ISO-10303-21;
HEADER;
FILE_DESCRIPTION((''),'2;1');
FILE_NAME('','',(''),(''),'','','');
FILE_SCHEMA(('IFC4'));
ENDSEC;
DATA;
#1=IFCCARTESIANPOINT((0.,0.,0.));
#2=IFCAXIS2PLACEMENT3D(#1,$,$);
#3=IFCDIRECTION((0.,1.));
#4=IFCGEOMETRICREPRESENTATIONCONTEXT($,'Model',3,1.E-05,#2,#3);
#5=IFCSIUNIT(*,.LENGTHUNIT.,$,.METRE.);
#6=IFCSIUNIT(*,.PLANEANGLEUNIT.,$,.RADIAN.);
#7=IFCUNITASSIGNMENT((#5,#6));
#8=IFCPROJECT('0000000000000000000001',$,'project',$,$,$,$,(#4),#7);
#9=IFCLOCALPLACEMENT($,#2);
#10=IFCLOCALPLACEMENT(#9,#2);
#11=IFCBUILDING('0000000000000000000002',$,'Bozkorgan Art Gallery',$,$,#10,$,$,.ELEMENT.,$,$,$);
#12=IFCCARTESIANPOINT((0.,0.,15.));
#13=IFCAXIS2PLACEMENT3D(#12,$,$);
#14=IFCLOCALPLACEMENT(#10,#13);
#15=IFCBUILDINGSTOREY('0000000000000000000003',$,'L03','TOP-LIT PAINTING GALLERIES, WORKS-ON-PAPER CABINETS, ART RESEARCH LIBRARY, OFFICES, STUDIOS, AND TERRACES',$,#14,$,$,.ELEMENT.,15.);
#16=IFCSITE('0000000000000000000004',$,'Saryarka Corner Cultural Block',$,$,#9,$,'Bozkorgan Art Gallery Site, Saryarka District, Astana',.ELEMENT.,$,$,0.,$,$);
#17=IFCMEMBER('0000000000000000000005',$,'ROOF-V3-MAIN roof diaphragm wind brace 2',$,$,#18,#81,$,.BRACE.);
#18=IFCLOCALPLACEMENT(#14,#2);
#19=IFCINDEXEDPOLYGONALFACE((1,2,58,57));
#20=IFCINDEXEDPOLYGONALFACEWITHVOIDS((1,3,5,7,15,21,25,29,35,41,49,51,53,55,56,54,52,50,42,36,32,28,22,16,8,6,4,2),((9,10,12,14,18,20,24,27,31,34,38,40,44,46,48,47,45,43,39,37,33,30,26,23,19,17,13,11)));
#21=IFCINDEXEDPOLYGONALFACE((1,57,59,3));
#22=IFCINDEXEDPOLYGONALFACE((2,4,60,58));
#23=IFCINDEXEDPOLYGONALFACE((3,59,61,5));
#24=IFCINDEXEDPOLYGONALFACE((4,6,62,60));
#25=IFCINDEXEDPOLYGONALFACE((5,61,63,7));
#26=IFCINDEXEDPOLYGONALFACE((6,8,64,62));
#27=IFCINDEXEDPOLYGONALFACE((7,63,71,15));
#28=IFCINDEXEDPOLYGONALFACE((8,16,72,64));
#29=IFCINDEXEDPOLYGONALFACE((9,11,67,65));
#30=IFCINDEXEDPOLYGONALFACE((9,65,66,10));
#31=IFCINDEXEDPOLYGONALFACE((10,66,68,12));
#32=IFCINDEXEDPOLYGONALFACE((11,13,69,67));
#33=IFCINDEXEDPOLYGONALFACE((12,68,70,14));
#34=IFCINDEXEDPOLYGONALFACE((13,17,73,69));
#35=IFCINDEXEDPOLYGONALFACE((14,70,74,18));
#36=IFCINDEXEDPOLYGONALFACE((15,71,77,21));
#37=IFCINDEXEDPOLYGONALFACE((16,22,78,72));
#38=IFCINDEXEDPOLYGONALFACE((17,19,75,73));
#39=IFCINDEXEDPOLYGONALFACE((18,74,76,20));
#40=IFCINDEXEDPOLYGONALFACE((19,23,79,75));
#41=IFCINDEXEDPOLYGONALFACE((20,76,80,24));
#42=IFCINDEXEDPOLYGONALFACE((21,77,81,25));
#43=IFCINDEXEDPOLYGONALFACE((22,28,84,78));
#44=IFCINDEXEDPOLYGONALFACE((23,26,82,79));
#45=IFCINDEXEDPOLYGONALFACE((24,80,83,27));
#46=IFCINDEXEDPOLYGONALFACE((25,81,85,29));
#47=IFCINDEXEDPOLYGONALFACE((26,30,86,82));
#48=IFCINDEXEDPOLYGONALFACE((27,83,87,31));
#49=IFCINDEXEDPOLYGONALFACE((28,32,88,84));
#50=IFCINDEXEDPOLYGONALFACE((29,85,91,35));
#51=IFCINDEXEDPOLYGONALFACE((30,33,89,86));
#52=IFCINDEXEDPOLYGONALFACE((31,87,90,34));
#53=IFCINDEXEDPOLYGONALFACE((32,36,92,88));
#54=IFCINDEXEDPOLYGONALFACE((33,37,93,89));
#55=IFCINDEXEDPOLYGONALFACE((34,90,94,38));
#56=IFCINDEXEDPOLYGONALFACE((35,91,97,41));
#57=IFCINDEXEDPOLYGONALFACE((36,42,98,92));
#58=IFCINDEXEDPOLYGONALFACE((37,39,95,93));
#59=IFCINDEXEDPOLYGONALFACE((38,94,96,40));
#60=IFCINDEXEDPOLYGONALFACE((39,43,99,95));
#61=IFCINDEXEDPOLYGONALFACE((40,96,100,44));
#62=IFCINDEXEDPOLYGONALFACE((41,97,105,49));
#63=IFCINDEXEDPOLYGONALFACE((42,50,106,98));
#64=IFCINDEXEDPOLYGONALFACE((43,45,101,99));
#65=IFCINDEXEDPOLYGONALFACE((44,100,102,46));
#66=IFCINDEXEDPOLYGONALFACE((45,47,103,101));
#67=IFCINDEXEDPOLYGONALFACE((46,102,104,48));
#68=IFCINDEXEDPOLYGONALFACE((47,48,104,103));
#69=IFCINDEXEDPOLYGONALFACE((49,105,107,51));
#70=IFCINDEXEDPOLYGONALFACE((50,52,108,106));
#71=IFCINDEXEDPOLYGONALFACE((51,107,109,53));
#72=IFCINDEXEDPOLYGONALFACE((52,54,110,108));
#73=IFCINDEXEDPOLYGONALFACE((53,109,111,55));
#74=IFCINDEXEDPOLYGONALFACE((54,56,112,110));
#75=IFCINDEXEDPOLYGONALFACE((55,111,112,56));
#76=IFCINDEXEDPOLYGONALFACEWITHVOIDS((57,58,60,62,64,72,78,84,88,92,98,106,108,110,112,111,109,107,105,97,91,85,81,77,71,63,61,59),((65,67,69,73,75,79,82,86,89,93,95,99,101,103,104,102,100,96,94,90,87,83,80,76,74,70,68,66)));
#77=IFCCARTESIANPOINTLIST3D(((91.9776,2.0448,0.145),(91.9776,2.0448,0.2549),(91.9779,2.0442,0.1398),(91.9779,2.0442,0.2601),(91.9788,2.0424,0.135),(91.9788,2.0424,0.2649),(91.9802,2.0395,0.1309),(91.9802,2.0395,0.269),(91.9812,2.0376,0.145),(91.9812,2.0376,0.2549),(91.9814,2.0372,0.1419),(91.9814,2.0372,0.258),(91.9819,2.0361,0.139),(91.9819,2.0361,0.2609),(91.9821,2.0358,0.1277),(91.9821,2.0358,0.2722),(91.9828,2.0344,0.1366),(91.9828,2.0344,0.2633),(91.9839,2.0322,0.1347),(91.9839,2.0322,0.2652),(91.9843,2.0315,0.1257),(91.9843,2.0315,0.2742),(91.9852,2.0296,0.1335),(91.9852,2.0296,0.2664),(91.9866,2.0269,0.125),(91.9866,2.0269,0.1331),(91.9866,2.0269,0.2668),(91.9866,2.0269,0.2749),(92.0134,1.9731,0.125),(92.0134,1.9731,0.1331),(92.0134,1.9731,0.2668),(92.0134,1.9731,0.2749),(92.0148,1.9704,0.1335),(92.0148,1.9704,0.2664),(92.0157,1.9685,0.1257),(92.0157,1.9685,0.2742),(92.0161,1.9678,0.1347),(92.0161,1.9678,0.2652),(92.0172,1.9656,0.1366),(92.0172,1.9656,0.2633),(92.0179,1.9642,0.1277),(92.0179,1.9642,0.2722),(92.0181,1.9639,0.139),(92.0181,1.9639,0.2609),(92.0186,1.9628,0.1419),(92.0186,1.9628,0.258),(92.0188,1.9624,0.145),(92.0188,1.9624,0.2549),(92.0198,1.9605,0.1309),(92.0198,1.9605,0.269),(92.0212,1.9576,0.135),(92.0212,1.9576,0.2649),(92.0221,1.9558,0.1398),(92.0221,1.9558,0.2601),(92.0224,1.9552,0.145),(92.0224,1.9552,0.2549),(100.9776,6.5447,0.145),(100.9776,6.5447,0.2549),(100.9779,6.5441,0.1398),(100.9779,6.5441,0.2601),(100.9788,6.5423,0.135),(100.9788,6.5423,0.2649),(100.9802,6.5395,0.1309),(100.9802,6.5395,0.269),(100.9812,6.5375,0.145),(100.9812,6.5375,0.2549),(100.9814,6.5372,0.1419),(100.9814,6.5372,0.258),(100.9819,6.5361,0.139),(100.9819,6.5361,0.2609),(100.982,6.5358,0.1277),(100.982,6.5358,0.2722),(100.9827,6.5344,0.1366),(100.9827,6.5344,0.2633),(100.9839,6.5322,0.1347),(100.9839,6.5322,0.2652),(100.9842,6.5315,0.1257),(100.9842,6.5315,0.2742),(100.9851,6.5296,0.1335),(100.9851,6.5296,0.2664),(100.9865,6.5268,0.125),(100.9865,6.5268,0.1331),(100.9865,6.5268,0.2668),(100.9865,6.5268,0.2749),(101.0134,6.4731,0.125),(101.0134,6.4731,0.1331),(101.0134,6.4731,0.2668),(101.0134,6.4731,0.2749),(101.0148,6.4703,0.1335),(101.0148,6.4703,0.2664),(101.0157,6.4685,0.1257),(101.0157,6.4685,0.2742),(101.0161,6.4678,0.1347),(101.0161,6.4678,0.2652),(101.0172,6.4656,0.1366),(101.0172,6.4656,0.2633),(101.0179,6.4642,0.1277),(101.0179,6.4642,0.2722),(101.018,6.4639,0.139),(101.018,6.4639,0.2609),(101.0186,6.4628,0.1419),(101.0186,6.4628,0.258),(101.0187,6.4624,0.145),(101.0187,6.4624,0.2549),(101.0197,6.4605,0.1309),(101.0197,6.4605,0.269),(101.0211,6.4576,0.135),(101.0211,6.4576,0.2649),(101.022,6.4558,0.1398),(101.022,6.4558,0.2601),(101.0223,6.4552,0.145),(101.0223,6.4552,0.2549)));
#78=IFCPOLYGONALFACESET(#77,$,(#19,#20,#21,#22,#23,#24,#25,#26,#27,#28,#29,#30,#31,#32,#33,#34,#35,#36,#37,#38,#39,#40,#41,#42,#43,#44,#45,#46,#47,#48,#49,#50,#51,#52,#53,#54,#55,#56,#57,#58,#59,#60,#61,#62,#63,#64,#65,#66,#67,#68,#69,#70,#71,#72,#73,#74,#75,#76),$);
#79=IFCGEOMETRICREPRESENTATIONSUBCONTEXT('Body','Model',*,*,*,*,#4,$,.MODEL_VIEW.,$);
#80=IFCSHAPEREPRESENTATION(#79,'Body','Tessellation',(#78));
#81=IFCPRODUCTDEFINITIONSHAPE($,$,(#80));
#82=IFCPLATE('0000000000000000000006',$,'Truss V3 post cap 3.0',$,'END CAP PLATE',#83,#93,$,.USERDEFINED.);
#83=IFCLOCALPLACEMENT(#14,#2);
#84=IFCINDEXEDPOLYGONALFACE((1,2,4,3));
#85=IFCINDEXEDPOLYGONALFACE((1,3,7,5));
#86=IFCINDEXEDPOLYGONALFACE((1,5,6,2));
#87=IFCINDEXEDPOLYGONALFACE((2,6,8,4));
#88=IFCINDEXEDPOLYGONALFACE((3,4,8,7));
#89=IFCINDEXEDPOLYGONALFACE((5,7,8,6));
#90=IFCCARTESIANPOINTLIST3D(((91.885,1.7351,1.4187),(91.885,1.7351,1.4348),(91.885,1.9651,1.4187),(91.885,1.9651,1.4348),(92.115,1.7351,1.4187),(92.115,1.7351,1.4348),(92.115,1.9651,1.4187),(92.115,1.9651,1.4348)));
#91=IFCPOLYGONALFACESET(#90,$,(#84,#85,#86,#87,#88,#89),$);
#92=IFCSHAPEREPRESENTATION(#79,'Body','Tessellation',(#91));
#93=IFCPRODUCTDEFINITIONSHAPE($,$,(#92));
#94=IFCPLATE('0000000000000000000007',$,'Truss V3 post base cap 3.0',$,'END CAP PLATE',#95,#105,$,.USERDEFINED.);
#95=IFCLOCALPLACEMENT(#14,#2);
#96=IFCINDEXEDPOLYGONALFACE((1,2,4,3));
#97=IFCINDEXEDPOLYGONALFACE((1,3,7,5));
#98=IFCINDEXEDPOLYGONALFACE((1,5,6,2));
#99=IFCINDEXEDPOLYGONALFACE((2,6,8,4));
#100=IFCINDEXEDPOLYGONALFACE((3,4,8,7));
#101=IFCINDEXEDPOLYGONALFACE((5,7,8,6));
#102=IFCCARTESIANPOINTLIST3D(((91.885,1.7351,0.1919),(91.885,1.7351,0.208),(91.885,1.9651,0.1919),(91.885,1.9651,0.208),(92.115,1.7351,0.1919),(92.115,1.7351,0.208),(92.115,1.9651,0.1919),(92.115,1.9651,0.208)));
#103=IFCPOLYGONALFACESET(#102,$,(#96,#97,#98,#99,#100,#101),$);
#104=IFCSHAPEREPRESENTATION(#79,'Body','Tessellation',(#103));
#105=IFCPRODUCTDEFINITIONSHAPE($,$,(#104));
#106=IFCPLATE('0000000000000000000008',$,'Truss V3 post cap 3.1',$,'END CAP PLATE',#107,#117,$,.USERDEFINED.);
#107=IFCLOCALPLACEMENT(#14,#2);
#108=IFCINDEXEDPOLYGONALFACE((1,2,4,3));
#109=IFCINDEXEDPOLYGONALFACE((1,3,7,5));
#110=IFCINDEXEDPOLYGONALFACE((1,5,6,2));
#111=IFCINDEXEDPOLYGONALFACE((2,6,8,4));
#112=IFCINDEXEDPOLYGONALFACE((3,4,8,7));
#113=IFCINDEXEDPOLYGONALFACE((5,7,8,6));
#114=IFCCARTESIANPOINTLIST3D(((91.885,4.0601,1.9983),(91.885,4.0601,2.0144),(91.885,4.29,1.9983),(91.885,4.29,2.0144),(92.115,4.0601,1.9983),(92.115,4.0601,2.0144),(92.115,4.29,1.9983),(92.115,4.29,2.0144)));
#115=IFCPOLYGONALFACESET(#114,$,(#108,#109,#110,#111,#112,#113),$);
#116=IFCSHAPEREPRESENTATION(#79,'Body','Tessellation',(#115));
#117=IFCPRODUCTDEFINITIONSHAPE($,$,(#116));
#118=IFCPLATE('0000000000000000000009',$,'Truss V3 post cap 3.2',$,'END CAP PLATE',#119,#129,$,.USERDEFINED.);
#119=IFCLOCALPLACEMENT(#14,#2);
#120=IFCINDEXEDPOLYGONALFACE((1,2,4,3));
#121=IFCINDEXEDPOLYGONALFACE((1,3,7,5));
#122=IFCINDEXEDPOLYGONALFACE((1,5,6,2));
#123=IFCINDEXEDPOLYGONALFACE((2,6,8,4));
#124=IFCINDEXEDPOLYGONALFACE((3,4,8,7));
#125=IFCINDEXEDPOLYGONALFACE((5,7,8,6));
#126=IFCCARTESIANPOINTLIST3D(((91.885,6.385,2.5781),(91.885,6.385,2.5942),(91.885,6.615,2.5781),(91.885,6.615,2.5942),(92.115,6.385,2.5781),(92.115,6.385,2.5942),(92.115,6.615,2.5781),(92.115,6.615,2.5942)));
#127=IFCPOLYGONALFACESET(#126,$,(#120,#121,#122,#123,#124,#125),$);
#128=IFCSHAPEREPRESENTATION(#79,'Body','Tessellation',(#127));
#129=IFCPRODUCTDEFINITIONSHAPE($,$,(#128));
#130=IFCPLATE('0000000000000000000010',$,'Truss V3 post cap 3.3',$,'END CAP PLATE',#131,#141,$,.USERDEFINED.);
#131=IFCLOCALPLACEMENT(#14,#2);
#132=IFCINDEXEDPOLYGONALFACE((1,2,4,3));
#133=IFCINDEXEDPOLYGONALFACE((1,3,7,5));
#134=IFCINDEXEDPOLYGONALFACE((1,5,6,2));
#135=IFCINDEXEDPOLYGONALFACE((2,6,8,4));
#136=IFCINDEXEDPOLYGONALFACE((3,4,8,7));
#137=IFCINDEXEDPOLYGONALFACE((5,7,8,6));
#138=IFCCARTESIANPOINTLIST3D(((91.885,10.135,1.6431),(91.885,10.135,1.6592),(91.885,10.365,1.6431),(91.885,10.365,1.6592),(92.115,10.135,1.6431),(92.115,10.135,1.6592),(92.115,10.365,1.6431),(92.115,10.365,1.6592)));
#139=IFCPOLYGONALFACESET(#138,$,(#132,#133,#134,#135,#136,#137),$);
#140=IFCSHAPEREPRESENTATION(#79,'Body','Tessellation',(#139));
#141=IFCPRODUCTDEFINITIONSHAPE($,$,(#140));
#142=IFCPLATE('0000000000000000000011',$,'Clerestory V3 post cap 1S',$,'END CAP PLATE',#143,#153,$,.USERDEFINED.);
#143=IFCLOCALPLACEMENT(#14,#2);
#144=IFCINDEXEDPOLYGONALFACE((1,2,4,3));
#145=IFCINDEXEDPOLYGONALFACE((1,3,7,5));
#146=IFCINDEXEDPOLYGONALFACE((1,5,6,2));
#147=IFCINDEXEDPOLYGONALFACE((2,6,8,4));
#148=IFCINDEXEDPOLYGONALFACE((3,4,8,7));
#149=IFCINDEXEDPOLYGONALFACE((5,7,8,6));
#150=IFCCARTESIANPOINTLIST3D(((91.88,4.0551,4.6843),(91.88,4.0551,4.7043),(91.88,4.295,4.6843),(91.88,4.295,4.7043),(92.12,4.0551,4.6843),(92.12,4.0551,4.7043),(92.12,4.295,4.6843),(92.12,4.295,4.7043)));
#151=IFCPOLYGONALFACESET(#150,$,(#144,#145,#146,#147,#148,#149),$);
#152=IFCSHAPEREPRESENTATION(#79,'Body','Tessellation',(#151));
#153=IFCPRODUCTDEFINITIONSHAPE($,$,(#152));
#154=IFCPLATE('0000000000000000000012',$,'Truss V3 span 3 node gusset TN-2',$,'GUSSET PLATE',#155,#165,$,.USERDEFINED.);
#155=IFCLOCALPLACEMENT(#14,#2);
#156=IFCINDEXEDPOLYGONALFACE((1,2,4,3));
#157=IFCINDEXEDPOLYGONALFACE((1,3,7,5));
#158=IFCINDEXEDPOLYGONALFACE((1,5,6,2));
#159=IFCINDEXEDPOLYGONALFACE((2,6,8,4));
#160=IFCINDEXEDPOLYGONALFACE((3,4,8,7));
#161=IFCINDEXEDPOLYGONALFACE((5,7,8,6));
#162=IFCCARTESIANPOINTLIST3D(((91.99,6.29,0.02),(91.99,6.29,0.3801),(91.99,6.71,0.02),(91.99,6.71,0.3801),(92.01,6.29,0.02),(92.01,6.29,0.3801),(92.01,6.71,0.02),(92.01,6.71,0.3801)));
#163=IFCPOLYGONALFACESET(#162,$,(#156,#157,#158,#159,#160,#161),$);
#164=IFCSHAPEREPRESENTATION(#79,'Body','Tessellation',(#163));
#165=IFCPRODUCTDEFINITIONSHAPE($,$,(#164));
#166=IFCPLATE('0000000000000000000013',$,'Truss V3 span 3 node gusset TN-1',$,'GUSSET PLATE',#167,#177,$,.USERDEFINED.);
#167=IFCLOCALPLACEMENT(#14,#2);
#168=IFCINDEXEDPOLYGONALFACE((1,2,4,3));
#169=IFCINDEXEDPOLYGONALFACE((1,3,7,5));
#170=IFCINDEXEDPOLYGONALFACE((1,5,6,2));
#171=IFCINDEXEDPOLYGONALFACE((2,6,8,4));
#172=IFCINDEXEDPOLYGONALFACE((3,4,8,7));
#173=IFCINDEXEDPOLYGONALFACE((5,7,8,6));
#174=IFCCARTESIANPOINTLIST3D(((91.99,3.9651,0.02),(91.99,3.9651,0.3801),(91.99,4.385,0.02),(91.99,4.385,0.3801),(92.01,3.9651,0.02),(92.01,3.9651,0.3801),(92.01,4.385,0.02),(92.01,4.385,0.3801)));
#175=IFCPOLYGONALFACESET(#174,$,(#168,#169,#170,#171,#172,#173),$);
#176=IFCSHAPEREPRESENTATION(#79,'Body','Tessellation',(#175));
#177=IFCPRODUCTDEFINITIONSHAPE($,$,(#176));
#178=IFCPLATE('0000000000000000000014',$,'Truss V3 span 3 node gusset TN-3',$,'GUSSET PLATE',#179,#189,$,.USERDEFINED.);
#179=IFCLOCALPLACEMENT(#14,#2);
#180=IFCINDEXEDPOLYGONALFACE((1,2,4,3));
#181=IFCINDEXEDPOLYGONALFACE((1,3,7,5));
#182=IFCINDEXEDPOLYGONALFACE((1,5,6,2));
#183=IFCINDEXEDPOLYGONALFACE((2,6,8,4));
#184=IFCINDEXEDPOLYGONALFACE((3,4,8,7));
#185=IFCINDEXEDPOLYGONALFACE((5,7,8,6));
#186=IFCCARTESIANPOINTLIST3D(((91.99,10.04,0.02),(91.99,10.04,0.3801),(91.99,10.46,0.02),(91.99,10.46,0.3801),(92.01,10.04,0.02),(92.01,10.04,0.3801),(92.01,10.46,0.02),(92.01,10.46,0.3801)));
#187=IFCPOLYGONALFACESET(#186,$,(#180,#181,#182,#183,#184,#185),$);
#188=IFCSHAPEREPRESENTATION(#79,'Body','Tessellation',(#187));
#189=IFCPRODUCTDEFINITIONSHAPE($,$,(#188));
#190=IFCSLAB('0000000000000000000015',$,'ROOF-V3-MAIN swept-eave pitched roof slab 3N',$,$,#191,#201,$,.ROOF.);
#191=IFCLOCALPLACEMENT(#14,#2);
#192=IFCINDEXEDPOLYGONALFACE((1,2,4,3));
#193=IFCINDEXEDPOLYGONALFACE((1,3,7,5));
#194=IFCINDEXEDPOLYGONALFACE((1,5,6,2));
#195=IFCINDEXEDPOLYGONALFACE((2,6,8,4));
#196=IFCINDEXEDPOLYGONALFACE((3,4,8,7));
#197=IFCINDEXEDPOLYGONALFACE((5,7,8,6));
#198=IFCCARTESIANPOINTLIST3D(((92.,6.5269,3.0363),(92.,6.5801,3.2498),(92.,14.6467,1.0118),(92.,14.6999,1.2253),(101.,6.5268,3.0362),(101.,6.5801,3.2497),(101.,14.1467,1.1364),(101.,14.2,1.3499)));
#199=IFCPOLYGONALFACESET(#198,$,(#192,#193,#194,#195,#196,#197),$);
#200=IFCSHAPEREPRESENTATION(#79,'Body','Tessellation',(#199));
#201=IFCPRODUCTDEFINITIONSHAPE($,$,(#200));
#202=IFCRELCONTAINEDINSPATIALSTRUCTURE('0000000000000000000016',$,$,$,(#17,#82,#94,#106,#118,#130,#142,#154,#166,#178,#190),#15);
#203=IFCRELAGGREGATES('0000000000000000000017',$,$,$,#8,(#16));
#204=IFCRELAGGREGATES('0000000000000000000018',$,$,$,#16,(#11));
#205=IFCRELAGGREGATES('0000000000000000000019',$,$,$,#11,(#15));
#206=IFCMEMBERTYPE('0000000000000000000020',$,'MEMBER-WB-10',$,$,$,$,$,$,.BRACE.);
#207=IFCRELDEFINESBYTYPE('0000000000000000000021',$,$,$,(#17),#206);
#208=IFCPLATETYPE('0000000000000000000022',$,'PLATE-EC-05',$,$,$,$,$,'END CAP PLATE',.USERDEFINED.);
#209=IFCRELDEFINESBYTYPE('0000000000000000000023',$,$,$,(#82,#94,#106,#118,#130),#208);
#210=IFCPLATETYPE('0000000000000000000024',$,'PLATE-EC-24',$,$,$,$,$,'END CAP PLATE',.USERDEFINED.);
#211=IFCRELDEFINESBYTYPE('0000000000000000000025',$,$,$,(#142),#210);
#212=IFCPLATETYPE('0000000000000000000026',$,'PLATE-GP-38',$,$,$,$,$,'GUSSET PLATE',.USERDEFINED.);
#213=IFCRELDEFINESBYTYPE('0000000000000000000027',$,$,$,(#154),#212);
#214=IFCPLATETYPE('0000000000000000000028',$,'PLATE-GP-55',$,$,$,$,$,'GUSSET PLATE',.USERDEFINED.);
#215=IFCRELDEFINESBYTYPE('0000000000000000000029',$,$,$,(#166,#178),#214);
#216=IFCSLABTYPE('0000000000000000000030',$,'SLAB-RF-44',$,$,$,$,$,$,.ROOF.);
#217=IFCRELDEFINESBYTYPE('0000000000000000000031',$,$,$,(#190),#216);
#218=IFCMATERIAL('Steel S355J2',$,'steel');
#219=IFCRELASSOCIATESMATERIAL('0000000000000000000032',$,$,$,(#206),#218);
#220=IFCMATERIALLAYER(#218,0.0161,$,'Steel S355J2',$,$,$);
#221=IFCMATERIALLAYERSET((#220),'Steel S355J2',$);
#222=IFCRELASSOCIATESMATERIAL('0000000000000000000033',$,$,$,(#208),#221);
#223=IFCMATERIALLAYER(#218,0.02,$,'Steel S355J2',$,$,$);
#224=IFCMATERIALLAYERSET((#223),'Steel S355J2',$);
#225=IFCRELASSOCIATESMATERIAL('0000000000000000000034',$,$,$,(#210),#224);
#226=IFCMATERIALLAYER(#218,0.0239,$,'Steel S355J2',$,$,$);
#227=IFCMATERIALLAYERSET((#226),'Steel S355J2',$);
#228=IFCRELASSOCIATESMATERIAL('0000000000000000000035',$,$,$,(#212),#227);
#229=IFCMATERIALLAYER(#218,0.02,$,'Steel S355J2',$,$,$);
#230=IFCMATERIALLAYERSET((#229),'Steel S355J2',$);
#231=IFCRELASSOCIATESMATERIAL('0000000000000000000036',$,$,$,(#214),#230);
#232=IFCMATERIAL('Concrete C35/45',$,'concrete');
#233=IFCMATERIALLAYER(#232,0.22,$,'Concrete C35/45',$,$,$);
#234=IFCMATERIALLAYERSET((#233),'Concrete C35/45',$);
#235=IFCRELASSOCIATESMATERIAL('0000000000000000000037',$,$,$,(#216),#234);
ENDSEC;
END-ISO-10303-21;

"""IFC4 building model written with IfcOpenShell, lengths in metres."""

from ifc_helpers import new_model, si_unit, direction, frame, origin, origin_2d, place, context, subcontext, project, spatial, polyline, rectangle, hollow_rectangle, outline, extrude, material, layer, layer_set, material_profile, profile_set, type_object, element, save


model = new_model("IFC4")

# Units and contexts
model_context = context("Model", 3, precision=1e-05, world=origin(), true_north=direction((0.0, 1.0)))
body_context = subcontext(model_context, "Body", "Model", "MODEL_VIEW")
ifc_project = project(units=[si_unit("LENGTHUNIT", "METRE"), si_unit("PLANEANGLEUNIT", "RADIAN")], contexts=[model_context])

# Site, building, storey
site_placement = place(None, origin())
site = spatial("IfcSite", under=ifc_project, at=site_placement, Name="Saryarka Corner Cultural Block", LongName="Bozkorgan Art Gallery Site, Saryarka District, Astana", CompositionType="ELEMENT", RefElevation=0.0)
building_placement = place(site_placement, origin())
building = spatial("IfcBuilding", under=site, at=building_placement, Name="Bozkorgan Art Gallery", CompositionType="ELEMENT")
storey_placement = place(building_placement, frame((0.0, 0.0, 15.0)))
storey = spatial("IfcBuildingStorey", under=building, at=storey_placement, Name="L03", Description="TOP-LIT PAINTING GALLERIES, WORKS-ON-PAPER CABINETS, ART RESEARCH LIBRARY, OFFICES, STUDIOS, AND TERRACES", CompositionType="ELEMENT", Elevation=15.0)

# Shared definitions
ifc_material_1 = material(Name="Steel S355J2", Category="steel")

# Member
ifc_material_profile_1 = material_profile(ifc_material_1, hollow_rectangle(XDim=0.1001, YDim=0.1499, WallThickness=0.0081, InnerFilletRadius=0.012, OuterFilletRadius=0.02, at=origin_2d()), Name="RHS 150x100x8")
ifc_profile_set_1 = profile_set([ifc_material_profile_1], Name="Steel S355J2")
member_type_1 = type_object("IfcMemberType", Name="MEMBER-WB-10", PredefinedType="BRACE", material=ifc_profile_set_1)
member_1_placement = place(storey_placement, frame((92.0, 2.0, 0.2), z_axis=(0.894427, 0.447214, 0.0), x_axis=(-0.447214, 0.894427, 0.0)))
element("IfcMember", 1, at=member_1_placement, inside=storey, type_object=member_type_1, Name="ROOF-V3-MAIN roof diaphragm wind brace 2", PredefinedType="BRACE", context=body_context, shape_type="SweptSolid", body=[
    extrude(hollow_rectangle(XDim=0.1001, YDim=0.1499, WallThickness=0.0081, InnerFilletRadius=0.012, OuterFilletRadius=0.02, at=origin_2d()), origin(), (0.0, 0.0, 1.0), 10.0623),
])

# Plates
ifc_layer_1 = layer(ifc_material_1, 0.0161, Name="Steel S355J2")
ifc_layer_set_1 = layer_set([ifc_layer_1], Name="Steel S355J2")
plate_type_1 = type_object("IfcPlateType", Name="PLATE-EC-05", ElementType="END CAP PLATE", PredefinedType="USERDEFINED", material=ifc_layer_set_1)
for number, where, z_axis, x_axis, name in (
    (2, (92.0, 1.8501, 1.4187), (0.0, 0.0, 1.0), (1.0, 0.0, 0.0), "Truss V3 post cap 3.0"),
    (3, (92.0, 1.8501, 0.1919), (0.0, 0.0, 1.0), (1.0, 0.0, 0.0), "Truss V3 post base cap 3.0"),
    (4, (92.0, 4.175, 1.9983), (0.0, 0.0, 1.0), (1.0, 0.0, 0.0), "Truss V3 post cap 3.1"),
    (5, (92.0, 6.5, 2.5781), (0.0, 0.0, 1.0), (1.0, 0.0, 0.0), "Truss V3 post cap 3.2"),
    (6, (92.0, 10.25, 1.6431), (0.0, 0.0, 1.0), (1.0, 0.0, 0.0), "Truss V3 post cap 3.3"),
):
    element("IfcPlate", number, at=place(storey_placement, frame(where, z_axis=z_axis, x_axis=x_axis)), inside=storey, type_object=plate_type_1, Name=name, ObjectType="END CAP PLATE", PredefinedType="USERDEFINED", context=body_context, shape_type="SweptSolid", body=[
        extrude(rectangle(XDim=0.23, YDim=0.23, at=origin_2d()), origin(), (0.0, 0.0, 1.0), 0.0161),
    ])
ifc_layer_2 = layer(ifc_material_1, 0.02, Name="Steel S355J2")
ifc_layer_set_2 = layer_set([ifc_layer_2], Name="Steel S355J2")
plate_type_2 = type_object("IfcPlateType", Name="PLATE-EC-24", ElementType="END CAP PLATE", PredefinedType="USERDEFINED", material=ifc_layer_set_2)
plate_1_placement = place(storey_placement, frame((92.0, 4.175, 4.6843), z_axis=(0.0, 0.0, 1.0), x_axis=(1.0, 0.0, 0.0)))
element("IfcPlate", 7, at=plate_1_placement, inside=storey, type_object=plate_type_2, Name="Clerestory V3 post cap 1S", ObjectType="END CAP PLATE", PredefinedType="USERDEFINED", context=body_context, shape_type="SweptSolid", body=[
    extrude(rectangle(XDim=0.24, YDim=0.24, at=origin_2d()), origin(), (0.0, 0.0, 1.0), 0.02),
])
ifc_layer_3 = layer(ifc_material_1, 0.0239, Name="Steel S355J2")
ifc_layer_set_3 = layer_set([ifc_layer_3], Name="Steel S355J2")
plate_type_3 = type_object("IfcPlateType", Name="PLATE-GP-38", ElementType="GUSSET PLATE", PredefinedType="USERDEFINED", material=ifc_layer_set_3)
plate_2_placement = place(storey_placement, frame((92.0, 6.5, 0.02), z_axis=(0.0, 0.0, 1.0), x_axis=(1.0, 0.0, 0.0)))
element("IfcPlate", 8, at=plate_2_placement, inside=storey, type_object=plate_type_3, Name="Truss V3 span 3 node gusset TN-2", ObjectType="GUSSET PLATE", PredefinedType="USERDEFINED", context=body_context, shape_type="SweptSolid", body=[
    extrude(rectangle(XDim=0.02, YDim=0.4199, at=origin_2d()), origin(), (0.0, 0.0, 1.0), 0.3601),
])
ifc_layer_4 = layer(ifc_material_1, 0.02, Name="Steel S355J2")
ifc_layer_set_4 = layer_set([ifc_layer_4], Name="Steel S355J2")
plate_type_4 = type_object("IfcPlateType", Name="PLATE-GP-55", ElementType="GUSSET PLATE", PredefinedType="USERDEFINED", material=ifc_layer_set_4)
for number, where, z_axis, x_axis, name in (
    (9, (92.0, 4.175, 0.02), (0.0, 0.0, 1.0), (1.0, 0.0, 0.0), "Truss V3 span 3 node gusset TN-1"),
    (10, (92.0, 10.25, 0.02), (0.0, 0.0, 1.0), (1.0, 0.0, 0.0), "Truss V3 span 3 node gusset TN-3"),
):
    element("IfcPlate", number, at=place(storey_placement, frame(where, z_axis=z_axis, x_axis=x_axis)), inside=storey, type_object=plate_type_4, Name=name, ObjectType="GUSSET PLATE", PredefinedType="USERDEFINED", context=body_context, shape_type="SweptSolid", body=[
        extrude(rectangle(XDim=0.02, YDim=0.4199, at=origin_2d()), origin(), (0.0, 0.0, 1.0), 0.3601),
    ])

# Slab
ifc_material_2 = material(Name="Concrete C35/45", Category="concrete")
ifc_layer_5 = layer(ifc_material_2, 0.22, Name="Concrete C35/45")
ifc_layer_set_5 = layer_set([ifc_layer_5], Name="Concrete C35/45")
slab_type = type_object("IfcSlabType", Name="SLAB-RF-44", PredefinedType="ROOF", material=ifc_layer_set_5)
slab_placement = place(storey_placement, frame((92.0, 6.5801, 3.2498), z_axis=(0.000008, 0.241919, 0.970296), x_axis=(1.0, -0.000002, -0.000008)))
element("IfcSlab", 11, at=slab_placement, inside=storey, type_object=slab_type, Name="ROOF-V3-MAIN swept-eave pitched roof slab 3N", PredefinedType="ROOF", context=body_context, shape_type="SweptSolid", body=[
    extrude(outline(polyline([(0.0, 0.0), (9.0, 0.0), (9.0, 7.8532), (0.0, 8.3684), (0.0, 0.0)])), origin(), (0.0, 0.0, -1.0), 0.22),
])

save(model, "model.ifc")
